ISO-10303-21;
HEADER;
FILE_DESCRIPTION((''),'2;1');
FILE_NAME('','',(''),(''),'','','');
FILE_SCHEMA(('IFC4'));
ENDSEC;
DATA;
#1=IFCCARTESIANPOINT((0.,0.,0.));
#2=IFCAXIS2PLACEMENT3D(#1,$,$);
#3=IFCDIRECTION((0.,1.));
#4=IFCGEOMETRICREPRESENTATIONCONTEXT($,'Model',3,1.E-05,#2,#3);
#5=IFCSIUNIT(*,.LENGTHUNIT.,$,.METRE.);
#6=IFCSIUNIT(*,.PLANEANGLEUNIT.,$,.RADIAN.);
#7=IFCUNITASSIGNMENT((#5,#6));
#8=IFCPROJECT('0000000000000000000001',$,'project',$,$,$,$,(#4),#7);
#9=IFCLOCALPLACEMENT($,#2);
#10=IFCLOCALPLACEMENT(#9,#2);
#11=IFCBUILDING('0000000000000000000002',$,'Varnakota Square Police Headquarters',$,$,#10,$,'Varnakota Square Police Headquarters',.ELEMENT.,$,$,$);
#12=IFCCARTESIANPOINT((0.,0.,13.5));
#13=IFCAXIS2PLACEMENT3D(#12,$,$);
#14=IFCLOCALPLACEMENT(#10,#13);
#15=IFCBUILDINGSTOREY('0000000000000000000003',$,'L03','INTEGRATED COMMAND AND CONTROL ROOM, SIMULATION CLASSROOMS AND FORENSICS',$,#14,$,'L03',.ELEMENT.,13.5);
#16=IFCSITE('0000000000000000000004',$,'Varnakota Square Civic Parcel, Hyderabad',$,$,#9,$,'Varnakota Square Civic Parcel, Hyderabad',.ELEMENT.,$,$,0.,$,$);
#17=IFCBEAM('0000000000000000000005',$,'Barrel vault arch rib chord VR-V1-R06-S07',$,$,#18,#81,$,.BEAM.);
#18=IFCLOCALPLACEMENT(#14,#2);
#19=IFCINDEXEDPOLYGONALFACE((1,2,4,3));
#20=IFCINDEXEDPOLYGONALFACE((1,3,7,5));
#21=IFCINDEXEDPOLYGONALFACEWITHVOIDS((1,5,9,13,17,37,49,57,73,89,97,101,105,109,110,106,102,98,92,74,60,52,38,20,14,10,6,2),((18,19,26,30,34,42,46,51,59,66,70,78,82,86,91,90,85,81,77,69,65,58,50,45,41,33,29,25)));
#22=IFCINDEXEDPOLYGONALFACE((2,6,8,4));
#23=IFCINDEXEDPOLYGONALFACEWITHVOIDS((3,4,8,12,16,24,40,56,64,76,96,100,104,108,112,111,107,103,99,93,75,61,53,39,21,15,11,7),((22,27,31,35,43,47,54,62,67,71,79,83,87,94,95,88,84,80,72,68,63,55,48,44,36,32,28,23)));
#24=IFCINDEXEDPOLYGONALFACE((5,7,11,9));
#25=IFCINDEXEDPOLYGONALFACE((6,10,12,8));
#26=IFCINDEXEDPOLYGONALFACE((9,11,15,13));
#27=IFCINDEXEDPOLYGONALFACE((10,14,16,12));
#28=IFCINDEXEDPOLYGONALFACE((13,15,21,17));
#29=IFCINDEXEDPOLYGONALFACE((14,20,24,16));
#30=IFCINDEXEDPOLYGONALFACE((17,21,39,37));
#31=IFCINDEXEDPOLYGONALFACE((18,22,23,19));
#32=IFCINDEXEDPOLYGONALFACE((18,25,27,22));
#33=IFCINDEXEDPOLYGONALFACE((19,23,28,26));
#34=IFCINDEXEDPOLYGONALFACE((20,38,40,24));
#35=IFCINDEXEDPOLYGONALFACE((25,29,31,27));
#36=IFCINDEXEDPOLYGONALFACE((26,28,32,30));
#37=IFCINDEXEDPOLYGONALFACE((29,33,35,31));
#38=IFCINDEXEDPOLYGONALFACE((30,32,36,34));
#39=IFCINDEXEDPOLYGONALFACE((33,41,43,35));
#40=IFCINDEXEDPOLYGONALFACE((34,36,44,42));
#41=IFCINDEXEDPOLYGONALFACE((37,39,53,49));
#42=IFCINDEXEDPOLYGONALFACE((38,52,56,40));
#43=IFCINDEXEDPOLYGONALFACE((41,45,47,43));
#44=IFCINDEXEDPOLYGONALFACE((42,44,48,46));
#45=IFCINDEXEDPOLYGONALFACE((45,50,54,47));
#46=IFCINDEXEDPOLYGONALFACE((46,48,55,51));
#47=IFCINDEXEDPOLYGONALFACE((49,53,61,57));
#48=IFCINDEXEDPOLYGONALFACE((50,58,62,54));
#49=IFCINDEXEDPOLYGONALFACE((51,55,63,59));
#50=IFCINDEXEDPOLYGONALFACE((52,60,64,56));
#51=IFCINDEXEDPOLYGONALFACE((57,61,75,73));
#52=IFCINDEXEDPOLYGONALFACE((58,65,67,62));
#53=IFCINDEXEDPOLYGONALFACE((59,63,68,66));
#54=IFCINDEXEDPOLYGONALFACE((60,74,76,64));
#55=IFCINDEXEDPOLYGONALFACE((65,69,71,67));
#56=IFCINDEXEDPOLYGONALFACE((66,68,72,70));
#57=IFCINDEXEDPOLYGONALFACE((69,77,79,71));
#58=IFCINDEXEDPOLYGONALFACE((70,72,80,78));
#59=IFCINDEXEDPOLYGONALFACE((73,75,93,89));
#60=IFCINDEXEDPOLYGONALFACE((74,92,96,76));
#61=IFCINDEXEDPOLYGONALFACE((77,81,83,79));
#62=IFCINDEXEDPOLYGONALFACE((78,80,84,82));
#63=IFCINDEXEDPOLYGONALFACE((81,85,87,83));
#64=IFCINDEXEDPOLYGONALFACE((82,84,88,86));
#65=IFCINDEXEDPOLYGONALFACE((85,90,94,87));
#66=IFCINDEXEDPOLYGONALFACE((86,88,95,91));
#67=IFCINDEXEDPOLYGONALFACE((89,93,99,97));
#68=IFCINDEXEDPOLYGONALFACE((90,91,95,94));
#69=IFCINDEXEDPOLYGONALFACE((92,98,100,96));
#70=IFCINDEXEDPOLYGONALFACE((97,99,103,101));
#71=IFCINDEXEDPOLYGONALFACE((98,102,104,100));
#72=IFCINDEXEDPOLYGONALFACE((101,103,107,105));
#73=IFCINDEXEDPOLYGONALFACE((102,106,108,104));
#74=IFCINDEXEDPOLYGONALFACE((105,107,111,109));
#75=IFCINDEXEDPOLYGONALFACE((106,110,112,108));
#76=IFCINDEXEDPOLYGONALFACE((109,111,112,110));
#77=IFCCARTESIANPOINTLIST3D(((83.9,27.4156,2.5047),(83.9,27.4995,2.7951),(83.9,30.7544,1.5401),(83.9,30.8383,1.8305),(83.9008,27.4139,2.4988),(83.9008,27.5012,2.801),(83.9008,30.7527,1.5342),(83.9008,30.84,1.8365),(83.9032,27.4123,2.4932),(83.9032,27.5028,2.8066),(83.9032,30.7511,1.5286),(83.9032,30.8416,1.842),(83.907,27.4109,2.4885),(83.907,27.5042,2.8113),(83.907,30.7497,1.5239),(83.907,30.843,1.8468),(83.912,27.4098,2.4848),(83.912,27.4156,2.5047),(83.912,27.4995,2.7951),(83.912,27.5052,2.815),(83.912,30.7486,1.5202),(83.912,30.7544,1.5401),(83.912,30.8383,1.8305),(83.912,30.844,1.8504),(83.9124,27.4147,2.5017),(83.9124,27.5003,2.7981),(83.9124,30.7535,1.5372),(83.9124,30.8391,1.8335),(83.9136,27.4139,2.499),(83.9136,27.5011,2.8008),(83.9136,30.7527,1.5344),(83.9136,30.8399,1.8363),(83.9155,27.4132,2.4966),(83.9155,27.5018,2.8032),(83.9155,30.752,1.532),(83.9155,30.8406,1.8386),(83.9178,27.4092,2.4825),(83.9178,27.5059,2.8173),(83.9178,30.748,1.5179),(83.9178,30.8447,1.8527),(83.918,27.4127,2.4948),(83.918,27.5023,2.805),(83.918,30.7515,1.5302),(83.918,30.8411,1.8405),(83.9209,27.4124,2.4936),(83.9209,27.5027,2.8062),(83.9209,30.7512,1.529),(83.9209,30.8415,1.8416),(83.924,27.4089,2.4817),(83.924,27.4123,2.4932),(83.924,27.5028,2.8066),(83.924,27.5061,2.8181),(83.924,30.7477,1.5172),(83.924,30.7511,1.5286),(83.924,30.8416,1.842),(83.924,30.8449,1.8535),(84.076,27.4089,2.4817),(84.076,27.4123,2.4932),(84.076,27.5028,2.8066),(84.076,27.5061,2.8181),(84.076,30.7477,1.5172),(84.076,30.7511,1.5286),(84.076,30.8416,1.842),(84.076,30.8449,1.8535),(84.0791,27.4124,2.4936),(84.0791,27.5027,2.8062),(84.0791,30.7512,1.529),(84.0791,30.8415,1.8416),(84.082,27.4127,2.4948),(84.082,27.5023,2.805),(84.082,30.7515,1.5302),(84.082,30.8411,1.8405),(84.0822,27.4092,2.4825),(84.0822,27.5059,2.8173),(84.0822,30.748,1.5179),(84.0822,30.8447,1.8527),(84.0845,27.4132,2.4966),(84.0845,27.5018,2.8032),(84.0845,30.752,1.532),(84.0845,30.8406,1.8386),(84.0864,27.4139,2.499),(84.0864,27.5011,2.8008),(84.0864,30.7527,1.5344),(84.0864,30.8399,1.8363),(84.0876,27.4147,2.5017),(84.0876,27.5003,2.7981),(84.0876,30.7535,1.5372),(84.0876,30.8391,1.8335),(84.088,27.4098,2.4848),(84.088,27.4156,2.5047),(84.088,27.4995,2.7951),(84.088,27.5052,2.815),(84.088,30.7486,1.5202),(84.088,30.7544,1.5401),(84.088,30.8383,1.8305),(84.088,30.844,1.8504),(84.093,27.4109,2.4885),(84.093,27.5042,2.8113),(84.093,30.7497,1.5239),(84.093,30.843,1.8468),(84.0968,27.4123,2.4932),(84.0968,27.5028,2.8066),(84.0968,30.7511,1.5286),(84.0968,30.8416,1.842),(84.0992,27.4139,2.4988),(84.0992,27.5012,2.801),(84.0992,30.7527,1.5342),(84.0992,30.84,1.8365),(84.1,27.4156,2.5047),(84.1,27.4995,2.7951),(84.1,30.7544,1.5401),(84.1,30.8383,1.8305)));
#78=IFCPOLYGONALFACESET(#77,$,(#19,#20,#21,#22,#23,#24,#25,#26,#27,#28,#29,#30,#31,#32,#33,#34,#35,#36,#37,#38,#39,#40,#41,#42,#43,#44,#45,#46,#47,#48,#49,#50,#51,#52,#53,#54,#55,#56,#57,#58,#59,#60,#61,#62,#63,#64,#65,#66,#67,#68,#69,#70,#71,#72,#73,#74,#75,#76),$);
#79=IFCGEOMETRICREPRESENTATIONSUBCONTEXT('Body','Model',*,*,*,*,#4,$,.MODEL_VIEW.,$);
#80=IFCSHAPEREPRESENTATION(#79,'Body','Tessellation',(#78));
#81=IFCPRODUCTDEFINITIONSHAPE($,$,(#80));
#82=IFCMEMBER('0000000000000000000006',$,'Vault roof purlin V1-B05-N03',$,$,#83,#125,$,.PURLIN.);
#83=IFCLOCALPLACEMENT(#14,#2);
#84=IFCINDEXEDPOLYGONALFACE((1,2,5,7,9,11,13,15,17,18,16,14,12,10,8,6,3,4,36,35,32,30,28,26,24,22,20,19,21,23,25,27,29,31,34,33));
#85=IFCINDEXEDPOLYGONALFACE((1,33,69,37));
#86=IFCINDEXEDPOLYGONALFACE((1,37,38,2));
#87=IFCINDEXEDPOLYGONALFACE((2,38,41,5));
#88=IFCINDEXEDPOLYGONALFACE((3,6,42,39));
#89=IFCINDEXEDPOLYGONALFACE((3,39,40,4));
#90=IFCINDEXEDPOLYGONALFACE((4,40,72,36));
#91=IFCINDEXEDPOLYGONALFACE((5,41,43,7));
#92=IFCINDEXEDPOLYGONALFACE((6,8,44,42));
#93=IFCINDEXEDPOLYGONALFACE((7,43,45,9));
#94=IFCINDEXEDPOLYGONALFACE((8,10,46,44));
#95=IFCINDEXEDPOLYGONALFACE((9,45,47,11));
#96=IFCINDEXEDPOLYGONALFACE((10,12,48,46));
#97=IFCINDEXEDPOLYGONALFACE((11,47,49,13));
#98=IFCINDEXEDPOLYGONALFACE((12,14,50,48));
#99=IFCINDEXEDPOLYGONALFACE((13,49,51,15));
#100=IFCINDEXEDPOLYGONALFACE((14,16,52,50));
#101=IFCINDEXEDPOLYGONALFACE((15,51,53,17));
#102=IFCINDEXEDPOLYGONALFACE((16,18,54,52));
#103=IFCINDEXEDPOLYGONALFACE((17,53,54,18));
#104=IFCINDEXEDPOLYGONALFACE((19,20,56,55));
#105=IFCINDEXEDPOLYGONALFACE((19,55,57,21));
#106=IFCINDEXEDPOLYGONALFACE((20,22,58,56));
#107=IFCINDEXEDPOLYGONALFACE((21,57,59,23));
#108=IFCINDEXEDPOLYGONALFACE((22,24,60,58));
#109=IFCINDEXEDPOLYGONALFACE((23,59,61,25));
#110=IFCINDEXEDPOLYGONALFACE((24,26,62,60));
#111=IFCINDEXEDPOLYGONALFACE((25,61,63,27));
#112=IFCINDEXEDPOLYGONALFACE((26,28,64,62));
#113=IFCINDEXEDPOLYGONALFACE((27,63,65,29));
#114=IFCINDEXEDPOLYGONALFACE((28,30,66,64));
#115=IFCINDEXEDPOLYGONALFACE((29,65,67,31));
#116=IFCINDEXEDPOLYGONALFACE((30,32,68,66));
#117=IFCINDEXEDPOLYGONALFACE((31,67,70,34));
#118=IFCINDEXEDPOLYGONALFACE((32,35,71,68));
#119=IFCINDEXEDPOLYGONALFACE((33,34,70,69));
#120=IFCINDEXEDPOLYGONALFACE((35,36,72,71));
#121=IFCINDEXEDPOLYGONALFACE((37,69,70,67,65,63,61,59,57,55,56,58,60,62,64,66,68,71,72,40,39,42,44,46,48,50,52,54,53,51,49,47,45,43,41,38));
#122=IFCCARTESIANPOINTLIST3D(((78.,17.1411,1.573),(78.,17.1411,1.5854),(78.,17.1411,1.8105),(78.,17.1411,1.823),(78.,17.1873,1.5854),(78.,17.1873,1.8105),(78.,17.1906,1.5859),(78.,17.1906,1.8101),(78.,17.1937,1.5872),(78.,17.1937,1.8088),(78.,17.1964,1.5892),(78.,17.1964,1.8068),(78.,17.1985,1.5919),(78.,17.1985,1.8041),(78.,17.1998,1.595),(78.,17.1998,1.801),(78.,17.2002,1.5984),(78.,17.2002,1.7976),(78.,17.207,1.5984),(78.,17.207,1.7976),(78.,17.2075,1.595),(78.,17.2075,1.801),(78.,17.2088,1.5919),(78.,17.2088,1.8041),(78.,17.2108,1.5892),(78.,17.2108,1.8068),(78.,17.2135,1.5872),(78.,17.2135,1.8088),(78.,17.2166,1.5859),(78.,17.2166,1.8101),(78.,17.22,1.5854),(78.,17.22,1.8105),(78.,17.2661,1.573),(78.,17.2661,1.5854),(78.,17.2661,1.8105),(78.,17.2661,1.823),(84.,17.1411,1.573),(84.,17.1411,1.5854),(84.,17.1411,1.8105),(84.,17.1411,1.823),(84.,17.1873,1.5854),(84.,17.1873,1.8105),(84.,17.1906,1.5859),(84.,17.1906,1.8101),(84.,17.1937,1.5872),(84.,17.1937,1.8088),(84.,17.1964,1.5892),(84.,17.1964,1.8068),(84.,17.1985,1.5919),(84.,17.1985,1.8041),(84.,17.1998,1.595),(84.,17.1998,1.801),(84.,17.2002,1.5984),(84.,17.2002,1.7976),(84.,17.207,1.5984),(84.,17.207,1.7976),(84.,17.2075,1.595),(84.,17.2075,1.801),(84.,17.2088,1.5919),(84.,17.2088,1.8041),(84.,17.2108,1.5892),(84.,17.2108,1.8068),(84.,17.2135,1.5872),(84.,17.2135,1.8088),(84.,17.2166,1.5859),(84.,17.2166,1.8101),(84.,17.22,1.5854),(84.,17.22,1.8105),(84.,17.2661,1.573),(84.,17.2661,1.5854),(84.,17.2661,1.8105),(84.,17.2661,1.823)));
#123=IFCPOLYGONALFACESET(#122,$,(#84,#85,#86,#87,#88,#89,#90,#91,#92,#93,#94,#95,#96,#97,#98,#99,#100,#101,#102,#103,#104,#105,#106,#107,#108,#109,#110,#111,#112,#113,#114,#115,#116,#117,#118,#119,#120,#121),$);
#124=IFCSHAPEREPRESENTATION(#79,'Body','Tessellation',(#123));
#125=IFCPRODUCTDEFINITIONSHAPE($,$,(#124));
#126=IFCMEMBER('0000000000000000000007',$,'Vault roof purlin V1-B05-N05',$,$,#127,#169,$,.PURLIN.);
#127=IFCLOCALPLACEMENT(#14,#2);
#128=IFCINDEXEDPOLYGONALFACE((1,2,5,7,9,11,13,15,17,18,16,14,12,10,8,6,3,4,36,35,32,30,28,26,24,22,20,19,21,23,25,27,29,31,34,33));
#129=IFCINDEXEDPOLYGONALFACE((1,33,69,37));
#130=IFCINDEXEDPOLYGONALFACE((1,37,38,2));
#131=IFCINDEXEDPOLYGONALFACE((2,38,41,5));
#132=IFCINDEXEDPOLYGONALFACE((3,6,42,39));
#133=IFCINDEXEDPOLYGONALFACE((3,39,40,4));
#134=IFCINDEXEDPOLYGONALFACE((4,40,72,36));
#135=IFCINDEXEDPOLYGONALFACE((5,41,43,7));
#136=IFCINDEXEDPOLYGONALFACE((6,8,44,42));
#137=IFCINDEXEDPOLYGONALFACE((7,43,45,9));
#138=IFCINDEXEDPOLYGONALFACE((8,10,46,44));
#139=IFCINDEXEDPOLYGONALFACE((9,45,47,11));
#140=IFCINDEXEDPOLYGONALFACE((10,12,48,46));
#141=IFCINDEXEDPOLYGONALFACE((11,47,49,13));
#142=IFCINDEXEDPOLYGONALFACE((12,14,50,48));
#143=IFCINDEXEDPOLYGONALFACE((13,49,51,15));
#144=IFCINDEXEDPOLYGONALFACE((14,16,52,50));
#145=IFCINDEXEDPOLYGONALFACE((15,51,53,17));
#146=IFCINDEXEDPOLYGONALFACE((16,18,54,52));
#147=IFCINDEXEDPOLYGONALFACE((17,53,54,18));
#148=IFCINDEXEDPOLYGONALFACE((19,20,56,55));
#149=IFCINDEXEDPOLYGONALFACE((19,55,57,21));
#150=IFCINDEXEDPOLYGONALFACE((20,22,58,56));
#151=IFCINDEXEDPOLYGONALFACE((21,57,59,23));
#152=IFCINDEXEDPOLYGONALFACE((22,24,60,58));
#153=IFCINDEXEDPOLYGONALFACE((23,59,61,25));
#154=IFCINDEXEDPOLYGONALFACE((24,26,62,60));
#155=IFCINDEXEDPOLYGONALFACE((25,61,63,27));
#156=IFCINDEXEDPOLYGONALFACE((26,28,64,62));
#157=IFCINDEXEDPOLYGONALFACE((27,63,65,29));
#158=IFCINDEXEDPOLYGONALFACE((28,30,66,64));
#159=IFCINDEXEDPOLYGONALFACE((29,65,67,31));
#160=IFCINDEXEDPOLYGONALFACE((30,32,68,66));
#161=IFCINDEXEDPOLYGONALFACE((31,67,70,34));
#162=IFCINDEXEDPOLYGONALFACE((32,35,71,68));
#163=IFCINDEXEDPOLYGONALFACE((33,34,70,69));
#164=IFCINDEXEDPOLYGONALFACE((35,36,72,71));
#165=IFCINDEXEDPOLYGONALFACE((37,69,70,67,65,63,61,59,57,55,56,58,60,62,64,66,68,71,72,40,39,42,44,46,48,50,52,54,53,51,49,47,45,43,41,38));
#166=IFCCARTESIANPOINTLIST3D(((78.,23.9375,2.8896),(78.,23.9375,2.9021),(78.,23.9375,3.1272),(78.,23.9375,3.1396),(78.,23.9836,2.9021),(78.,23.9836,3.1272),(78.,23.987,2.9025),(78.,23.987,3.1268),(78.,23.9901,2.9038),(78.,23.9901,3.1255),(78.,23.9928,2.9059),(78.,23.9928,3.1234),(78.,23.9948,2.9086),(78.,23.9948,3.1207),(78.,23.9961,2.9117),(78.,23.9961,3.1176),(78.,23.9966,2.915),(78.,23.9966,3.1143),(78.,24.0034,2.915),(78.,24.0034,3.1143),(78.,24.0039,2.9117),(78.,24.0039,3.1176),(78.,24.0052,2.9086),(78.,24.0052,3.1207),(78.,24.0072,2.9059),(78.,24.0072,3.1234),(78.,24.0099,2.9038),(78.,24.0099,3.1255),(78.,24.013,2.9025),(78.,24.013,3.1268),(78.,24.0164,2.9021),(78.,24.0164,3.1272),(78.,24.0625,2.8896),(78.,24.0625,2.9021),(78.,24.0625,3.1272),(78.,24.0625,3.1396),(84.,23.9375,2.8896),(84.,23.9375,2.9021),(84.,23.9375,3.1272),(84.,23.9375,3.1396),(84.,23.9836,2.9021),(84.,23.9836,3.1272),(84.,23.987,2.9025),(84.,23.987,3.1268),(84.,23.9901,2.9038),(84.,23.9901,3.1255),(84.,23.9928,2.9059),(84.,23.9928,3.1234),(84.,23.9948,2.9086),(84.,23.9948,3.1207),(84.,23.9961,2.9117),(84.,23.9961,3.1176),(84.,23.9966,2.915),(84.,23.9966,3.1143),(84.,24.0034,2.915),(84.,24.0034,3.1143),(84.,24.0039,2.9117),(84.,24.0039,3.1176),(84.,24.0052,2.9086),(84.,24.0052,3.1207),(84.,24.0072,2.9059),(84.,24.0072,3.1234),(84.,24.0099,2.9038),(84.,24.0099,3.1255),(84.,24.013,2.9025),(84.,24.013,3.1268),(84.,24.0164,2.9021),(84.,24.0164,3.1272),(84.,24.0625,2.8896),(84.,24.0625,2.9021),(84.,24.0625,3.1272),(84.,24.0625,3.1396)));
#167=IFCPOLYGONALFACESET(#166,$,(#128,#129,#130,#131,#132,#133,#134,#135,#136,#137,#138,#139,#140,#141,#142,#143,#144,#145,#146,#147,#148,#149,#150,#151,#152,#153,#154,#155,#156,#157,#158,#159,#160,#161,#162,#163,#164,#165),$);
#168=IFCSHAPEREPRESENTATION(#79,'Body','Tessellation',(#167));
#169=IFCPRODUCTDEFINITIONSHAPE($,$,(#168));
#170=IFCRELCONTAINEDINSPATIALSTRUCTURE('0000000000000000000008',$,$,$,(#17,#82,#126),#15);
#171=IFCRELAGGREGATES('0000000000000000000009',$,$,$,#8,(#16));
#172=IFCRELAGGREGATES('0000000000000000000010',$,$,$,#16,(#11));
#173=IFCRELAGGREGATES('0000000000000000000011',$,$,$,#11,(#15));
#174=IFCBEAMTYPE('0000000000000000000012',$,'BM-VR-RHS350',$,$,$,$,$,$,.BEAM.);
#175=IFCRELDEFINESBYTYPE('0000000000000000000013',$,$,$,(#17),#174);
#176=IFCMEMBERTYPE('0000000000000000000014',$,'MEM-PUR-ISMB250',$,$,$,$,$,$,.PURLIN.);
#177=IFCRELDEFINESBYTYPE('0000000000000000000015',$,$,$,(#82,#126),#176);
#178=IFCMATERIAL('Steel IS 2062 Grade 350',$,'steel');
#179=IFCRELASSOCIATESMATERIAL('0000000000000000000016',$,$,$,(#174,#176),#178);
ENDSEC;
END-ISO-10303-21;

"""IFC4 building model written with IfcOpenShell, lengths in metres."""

from ifc_helpers import new_model, si_unit, direction, frame, origin, origin_2d, place, context, subcontext, project, spatial, hollow_rectangle, i_section, extrude, material, material_profile, profile_set, type_object, element, save


model = new_model("IFC4")

# Units and contexts
model_context = context("Model", 3, precision=1e-05, world=origin(), true_north=direction((0.0, 1.0)))
body_context = subcontext(model_context, "Body", "Model", "MODEL_VIEW")
ifc_project = project(units=[si_unit("LENGTHUNIT", "METRE"), si_unit("PLANEANGLEUNIT", "RADIAN")], contexts=[model_context])

# Site, building, storey
site_placement = place(None, origin())
site = spatial("IfcSite", under=ifc_project, at=site_placement, Name="Varnakota Square Civic Parcel, Hyderabad", LongName="Varnakota Square Civic Parcel, Hyderabad", CompositionType="ELEMENT", RefElevation=0.0)
building_placement = place(site_placement, origin())
building = spatial("IfcBuilding", under=site, at=building_placement, Name="Varnakota Square Police Headquarters", LongName="Varnakota Square Police Headquarters", CompositionType="ELEMENT")
storey_placement = place(building_placement, frame((0.0, 0.0, 13.5)))
storey = spatial("IfcBuildingStorey", under=building, at=storey_placement, Name="L03", Description="INTEGRATED COMMAND AND CONTROL ROOM, SIMULATION CLASSROOMS AND FORENSICS", LongName="L03", CompositionType="ELEMENT", Elevation=13.5)

# Beam
ifc_material_1 = material(Name="Steel IS 2062 Grade 350", Category="steel")
ifc_material_profile_1 = material_profile(ifc_material_1, hollow_rectangle(XDim=0.2, YDim=0.3501, WallThickness=0.012, InnerFilletRadius=0.012, OuterFilletRadius=0.0239, at=origin_2d()), Name="RHS 350x200x12")
ifc_profile_set_1 = profile_set([ifc_material_profile_1], Name="Steel IS 2062 Grade 350")
beam_type = type_object("IfcBeamType", Name="BM-VR-RHS350", PredefinedType="BEAM", material=ifc_profile_set_1)
beam_1_placement = place(storey_placement, frame((84.0, 27.4575, 2.6499), z_axis=(0.0, 0.960711, -0.27755), x_axis=(-1.0, 0.0, 0.0)))
element("IfcBeam", 1, at=beam_1_placement, inside=storey, type_object=beam_type, Name="Barrel vault arch rib chord VR-V1-R06-S07", PredefinedType="BEAM", context=body_context, shape_type="SweptSolid", body=[
    extrude(hollow_rectangle(XDim=0.2, YDim=0.3501, WallThickness=0.012, InnerFilletRadius=0.012, OuterFilletRadius=0.0239, at=origin_2d()), origin(), (0.0, 0.0, 1.0), 3.4753),
])

# Members
ifc_material_profile_2 = material_profile(ifc_material_1, i_section(OverallWidth=0.125, OverallDepth=0.25, WebThickness=0.0068, FlangeThickness=0.0125, FilletRadius=0.0129, at=origin_2d()), Name="ISMB 250")
ifc_profile_set_2 = profile_set([ifc_material_profile_2], Name="Steel IS 2062 Grade 350")
member_type_1 = type_object("IfcMemberType", Name="MEM-PUR-ISMB250", PredefinedType="PURLIN", material=ifc_profile_set_2)
for number, where, z_axis, x_axis, name in (
    (2, (78.0, 17.2036, 1.698), (1.0, 0.0, 0.0), (0.0, 1.0, 0.0), "Vault roof purlin V1-B05-N03"),
    (3, (78.0, 24.0, 3.0146), (1.0, 0.0, 0.0), (0.0, 1.0, 0.0), "Vault roof purlin V1-B05-N05"),
):
    element("IfcMember", number, at=place(storey_placement, frame(where, z_axis=z_axis, x_axis=x_axis)), inside=storey, type_object=member_type_1, Name=name, PredefinedType="PURLIN", context=body_context, shape_type="SweptSolid", body=[
        extrude(i_section(OverallWidth=0.125, OverallDepth=0.25, WebThickness=0.0068, FlangeThickness=0.0125, FilletRadius=0.0129, at=origin_2d()), origin(), (0.0, 0.0, 1.0), 6.0),
    ])

save(model, "model.ifc")
